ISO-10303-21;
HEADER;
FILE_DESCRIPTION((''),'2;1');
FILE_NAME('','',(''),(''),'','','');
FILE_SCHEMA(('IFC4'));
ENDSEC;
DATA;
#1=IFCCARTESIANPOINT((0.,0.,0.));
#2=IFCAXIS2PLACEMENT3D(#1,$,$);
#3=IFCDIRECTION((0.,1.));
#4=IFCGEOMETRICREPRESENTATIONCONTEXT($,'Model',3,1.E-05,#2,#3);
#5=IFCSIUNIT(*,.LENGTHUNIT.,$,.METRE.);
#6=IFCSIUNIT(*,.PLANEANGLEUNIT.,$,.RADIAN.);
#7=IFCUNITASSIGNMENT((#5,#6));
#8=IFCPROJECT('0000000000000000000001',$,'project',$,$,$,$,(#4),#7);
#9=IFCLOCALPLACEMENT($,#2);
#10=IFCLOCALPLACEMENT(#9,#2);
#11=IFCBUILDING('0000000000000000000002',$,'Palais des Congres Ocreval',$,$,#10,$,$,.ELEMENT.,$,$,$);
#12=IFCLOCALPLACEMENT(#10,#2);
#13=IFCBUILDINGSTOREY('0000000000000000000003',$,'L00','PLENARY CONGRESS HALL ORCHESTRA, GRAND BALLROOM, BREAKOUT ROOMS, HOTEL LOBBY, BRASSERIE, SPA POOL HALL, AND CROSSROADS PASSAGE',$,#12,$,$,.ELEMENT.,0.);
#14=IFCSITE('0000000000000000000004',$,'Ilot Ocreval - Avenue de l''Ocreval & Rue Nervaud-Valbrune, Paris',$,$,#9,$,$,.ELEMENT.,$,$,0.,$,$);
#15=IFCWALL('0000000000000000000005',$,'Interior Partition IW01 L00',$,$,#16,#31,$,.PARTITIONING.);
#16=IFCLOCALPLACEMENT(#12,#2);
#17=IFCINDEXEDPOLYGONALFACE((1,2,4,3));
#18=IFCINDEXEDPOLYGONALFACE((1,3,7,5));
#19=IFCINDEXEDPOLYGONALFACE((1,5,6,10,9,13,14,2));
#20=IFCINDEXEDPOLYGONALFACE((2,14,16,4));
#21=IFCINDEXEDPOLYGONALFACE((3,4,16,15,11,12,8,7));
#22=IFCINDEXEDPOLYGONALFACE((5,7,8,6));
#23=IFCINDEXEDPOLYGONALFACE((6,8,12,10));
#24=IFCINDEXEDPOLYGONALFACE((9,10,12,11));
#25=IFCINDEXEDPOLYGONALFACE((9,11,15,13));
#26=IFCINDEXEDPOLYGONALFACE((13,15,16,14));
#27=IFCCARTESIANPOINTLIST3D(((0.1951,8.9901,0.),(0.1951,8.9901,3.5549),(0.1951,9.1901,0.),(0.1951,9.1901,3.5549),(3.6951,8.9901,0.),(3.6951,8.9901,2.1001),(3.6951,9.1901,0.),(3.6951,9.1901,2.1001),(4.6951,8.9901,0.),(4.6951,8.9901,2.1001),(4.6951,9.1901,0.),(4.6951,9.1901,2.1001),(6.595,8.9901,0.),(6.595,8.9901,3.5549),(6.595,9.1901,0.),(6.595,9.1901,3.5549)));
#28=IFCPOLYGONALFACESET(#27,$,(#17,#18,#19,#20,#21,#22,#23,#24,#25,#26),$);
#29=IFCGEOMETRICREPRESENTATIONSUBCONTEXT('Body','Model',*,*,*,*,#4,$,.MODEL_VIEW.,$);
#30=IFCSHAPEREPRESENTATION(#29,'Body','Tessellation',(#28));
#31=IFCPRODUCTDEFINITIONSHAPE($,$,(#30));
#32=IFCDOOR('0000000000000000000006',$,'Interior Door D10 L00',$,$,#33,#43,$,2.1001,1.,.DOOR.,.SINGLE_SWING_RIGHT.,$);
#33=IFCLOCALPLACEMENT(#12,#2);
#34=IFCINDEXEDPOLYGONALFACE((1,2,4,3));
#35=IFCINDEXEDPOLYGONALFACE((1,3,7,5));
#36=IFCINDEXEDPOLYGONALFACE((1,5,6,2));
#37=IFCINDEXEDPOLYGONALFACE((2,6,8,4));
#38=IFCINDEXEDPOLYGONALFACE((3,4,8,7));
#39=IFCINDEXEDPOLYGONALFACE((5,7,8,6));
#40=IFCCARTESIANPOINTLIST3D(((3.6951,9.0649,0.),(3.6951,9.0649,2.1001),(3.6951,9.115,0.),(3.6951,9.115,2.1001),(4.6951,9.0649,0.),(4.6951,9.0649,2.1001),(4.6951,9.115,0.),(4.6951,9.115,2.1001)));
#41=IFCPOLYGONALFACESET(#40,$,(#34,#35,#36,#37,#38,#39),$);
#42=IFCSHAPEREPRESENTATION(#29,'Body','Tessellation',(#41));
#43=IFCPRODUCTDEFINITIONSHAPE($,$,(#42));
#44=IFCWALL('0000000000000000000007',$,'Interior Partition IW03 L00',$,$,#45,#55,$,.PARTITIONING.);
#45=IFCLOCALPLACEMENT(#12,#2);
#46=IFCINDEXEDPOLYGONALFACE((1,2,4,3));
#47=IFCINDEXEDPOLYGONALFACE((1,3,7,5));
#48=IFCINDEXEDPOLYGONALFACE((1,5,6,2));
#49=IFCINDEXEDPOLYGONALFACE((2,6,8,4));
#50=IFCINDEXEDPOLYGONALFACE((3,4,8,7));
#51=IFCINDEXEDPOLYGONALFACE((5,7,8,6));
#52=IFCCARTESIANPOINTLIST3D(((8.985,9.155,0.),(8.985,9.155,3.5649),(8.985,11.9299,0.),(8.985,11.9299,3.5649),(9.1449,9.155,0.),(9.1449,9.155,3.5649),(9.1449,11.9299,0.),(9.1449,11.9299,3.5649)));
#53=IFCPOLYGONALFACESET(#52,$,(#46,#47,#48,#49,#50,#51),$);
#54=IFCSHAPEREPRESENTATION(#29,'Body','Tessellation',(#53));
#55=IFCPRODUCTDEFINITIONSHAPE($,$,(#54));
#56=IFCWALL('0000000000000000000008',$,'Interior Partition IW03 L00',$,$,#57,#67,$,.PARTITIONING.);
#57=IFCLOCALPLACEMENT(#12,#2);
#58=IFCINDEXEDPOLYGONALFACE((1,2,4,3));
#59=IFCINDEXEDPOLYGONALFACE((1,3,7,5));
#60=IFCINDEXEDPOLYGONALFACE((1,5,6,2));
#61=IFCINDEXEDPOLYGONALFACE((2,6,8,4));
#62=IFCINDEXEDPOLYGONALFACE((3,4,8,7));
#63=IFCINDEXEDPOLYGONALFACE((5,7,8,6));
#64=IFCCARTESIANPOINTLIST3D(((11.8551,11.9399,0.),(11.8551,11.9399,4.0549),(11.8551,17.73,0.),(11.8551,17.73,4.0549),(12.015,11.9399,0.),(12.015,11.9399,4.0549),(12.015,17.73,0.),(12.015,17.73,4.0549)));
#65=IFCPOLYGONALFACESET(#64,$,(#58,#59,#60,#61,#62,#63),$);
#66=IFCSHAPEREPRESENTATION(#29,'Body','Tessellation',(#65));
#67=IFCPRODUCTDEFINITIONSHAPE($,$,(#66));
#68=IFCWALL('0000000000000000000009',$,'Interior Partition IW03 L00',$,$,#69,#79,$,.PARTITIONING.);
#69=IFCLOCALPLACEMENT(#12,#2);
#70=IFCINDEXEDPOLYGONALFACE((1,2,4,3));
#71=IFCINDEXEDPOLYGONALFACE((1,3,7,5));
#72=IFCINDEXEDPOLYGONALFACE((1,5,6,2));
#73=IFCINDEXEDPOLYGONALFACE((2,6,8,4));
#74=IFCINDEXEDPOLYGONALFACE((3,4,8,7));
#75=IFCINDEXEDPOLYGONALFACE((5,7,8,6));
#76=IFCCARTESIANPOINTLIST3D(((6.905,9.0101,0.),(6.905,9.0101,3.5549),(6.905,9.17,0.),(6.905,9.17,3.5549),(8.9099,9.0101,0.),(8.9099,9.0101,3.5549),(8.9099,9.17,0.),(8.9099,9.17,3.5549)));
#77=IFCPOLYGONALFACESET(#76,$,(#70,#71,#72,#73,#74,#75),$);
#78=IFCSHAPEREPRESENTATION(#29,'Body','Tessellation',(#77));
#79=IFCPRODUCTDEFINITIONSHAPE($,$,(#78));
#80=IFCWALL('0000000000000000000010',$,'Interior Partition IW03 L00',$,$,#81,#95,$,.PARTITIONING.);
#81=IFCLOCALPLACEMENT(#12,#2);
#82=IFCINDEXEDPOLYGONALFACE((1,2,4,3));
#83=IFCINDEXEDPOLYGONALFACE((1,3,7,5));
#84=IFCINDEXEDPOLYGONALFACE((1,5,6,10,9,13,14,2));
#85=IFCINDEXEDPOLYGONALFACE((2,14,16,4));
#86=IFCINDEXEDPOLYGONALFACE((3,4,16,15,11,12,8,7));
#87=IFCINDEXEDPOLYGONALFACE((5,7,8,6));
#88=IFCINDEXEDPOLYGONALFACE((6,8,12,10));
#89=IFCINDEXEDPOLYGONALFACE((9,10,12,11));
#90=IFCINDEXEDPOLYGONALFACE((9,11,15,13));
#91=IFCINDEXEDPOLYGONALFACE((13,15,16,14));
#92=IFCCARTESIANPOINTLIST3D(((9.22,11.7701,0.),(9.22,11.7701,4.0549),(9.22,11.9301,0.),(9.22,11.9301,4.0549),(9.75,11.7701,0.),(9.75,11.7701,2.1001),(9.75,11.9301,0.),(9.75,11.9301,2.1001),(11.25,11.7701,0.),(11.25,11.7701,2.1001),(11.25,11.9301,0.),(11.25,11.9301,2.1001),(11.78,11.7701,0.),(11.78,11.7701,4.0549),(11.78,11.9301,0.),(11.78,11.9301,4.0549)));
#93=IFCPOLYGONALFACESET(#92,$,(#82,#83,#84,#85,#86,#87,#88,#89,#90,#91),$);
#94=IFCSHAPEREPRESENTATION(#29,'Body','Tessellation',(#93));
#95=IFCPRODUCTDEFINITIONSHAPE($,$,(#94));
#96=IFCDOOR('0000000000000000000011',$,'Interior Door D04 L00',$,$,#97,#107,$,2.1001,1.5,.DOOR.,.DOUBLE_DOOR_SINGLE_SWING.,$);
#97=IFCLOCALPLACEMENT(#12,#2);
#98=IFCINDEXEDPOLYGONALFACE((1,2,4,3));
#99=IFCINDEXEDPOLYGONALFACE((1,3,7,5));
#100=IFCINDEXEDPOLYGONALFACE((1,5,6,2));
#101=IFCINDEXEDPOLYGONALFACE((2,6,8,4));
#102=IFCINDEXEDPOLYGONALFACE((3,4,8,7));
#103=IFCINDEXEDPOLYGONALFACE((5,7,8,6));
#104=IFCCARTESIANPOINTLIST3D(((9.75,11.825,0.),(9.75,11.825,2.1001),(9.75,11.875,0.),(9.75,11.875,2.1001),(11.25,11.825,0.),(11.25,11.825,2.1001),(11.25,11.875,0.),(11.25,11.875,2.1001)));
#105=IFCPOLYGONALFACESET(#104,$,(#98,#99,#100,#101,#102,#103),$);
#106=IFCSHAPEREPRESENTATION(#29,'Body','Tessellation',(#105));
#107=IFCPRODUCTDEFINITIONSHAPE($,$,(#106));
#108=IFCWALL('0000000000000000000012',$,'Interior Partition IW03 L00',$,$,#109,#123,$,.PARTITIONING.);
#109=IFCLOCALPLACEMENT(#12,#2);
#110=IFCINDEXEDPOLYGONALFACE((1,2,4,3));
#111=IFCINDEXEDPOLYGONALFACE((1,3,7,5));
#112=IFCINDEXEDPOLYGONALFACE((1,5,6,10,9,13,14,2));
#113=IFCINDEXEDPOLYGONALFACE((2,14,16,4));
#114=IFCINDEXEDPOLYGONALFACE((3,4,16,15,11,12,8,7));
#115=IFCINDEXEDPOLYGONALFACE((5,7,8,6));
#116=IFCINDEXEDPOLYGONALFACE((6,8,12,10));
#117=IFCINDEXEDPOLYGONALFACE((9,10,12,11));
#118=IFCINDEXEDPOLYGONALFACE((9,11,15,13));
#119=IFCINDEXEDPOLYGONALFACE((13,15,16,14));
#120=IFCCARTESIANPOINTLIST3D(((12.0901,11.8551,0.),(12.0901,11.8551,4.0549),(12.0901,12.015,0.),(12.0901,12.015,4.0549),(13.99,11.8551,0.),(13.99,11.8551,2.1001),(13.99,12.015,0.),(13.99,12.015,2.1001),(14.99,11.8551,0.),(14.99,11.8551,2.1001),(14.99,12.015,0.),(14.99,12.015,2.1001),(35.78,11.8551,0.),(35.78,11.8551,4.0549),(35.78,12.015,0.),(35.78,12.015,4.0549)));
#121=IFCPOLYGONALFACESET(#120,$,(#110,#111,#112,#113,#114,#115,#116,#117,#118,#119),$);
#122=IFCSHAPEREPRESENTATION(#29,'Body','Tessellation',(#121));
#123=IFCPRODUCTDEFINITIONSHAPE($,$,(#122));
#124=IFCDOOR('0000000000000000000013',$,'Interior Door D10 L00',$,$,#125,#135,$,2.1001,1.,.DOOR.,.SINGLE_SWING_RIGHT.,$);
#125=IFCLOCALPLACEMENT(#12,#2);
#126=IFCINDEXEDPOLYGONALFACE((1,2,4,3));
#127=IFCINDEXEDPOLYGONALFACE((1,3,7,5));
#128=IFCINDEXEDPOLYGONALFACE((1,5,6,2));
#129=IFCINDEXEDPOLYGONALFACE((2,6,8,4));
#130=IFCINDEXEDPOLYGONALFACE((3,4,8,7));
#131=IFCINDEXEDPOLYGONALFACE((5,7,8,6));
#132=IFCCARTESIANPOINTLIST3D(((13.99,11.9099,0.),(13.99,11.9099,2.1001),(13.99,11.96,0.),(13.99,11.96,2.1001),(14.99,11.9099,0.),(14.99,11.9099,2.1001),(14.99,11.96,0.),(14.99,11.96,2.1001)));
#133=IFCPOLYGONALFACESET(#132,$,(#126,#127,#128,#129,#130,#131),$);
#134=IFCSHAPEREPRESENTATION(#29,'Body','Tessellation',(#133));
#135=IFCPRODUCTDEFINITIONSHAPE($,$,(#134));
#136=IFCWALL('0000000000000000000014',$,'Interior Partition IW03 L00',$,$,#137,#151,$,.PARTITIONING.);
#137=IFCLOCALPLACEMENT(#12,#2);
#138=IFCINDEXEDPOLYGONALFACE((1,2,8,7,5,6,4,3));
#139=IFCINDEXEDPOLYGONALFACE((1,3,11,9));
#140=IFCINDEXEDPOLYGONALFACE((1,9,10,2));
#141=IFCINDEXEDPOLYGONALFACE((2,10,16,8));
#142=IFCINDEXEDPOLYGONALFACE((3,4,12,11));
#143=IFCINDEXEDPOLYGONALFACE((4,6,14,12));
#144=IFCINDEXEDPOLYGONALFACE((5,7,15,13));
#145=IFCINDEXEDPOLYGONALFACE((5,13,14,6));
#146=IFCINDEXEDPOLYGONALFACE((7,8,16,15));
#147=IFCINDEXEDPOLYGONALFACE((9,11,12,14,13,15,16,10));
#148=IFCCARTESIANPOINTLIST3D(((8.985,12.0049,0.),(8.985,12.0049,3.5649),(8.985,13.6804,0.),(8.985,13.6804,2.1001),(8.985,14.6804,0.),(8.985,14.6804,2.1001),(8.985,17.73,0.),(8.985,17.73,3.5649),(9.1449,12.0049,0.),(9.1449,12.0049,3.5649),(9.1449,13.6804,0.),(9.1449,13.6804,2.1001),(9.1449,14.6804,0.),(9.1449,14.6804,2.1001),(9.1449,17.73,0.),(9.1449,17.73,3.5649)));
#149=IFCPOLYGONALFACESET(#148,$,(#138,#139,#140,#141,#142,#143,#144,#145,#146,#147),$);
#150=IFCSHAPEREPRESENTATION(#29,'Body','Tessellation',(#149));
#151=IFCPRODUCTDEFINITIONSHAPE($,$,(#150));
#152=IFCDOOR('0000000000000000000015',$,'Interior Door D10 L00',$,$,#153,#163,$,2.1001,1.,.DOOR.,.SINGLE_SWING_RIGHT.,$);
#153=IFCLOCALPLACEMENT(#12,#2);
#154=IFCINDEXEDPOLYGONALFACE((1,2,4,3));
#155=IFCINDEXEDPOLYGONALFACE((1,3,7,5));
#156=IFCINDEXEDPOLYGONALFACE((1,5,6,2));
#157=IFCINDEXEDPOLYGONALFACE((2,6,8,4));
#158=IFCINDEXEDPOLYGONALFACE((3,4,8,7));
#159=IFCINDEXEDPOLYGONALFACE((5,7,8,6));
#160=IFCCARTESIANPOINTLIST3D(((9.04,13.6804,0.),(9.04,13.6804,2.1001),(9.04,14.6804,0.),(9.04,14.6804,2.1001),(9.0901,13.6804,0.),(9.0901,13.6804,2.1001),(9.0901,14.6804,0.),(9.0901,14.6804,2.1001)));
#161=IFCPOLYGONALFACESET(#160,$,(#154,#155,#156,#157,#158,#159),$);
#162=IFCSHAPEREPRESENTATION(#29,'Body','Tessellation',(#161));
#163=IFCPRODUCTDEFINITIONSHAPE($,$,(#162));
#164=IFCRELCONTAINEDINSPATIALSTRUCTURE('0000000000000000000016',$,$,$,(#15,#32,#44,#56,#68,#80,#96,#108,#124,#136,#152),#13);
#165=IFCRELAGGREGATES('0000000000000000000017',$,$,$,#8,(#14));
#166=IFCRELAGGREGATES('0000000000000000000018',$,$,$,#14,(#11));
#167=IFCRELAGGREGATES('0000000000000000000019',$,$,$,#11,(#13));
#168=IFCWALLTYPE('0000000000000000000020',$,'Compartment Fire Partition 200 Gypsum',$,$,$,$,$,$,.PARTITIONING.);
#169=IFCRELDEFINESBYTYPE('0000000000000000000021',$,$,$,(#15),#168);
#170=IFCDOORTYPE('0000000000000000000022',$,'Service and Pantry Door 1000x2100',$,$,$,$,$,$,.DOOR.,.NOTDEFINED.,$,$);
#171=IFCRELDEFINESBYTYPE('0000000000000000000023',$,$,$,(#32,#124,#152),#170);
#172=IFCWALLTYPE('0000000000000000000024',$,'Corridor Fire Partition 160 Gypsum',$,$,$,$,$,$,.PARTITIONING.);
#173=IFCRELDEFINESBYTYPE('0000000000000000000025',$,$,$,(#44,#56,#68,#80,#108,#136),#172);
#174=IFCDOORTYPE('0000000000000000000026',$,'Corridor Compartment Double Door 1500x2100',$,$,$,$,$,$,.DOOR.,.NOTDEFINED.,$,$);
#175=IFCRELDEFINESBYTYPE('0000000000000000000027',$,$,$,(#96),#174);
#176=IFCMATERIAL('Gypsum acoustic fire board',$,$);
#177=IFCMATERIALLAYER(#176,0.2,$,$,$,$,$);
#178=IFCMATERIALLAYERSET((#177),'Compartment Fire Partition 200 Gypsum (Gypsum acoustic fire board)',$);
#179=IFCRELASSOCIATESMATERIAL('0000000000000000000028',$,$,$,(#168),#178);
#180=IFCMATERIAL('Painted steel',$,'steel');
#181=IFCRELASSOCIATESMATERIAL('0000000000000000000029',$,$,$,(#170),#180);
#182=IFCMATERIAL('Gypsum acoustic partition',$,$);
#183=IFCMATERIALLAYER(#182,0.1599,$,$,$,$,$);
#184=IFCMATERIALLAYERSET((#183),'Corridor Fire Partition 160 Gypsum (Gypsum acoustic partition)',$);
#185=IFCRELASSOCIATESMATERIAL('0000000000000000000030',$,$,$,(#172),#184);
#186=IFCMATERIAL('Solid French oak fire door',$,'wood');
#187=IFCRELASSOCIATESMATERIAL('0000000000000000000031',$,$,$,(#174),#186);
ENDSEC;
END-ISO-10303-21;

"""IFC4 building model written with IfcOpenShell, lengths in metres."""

from ifc_helpers import new_model, si_unit, direction, frame, frame_2d, origin, place, context, subcontext, project, spatial, rectangle, extrude, material, layer, layer_set, type_object, element, fill, save


model = new_model("IFC4")

# Units and contexts
model_context = context("Model", 3, precision=1e-05, world=origin(), true_north=direction((0.0, 1.0)))
body_context = subcontext(model_context, "Body", "Model", "MODEL_VIEW")
ifc_project = project(units=[si_unit("LENGTHUNIT", "METRE"), si_unit("PLANEANGLEUNIT", "RADIAN")], contexts=[model_context])

# Site, building, storey
site_placement = place(None, origin())
site = spatial("IfcSite", under=ifc_project, at=site_placement, Name="Ilot Ocreval - Avenue de l'Ocreval & Rue Nervaud-Valbrune, Paris", CompositionType="ELEMENT", RefElevation=0.0)
building_placement = place(site_placement, origin())
building = spatial("IfcBuilding", under=site, at=building_placement, Name="Palais des Congres Ocreval", CompositionType="ELEMENT")
storey_placement = place(building_placement, origin())
storey = spatial("IfcBuildingStorey", under=building, at=storey_placement, Name="L00", Description="PLENARY CONGRESS HALL ORCHESTRA, GRAND BALLROOM, BREAKOUT ROOMS, HOTEL LOBBY, BRASSERIE, SPA POOL HALL, AND CROSSROADS PASSAGE", CompositionType="ELEMENT", Elevation=0.0)

# Wall, opening, door
ifc_material_1 = material(Name="Gypsum acoustic fire board")
ifc_layer_1 = layer(ifc_material_1, 0.2)
ifc_layer_set_1 = layer_set([ifc_layer_1], Name="Compartment Fire Partition 200 Gypsum (Gypsum acoustic fire board)")
wall_type_1 = type_object("IfcWallType", Name="Compartment Fire Partition 200 Gypsum", PredefinedType="PARTITIONING", material=ifc_layer_set_1)
wall_1_placement = place(storey_placement, frame((0.1951, 9.0901, 0.0), z_axis=(0.0, 0.0, 1.0), x_axis=(1.0, 0.0, 0.0)))
wall_1 = element("IfcWall", 1, at=wall_1_placement, inside=storey, type_object=wall_type_1, Name="Interior Partition IW01 L00", PredefinedType="PARTITIONING", context=body_context, shape_type="SweptSolid", body=[
    extrude(rectangle(XDim=6.3999, YDim=0.2, at=frame_2d((3.2, 0.0))), origin(), (0.0, 0.0, 1.0), 3.5549),
])
opening_1_placement = place(wall_1_placement, frame((3.5, 0.0, 0.0)))
opening_1 = element("IfcOpeningElement", 2, at=opening_1_placement, cuts=wall_1, PredefinedType="OPENING", context=body_context, shape_type="SweptSolid", body=[
    extrude(rectangle(XDim=1.0, YDim=2.1001, at=frame_2d((0.5, 1.05))), frame((0.0, 0.1099, 0.0), z_axis=(0.0, -1.0, 0.0), x_axis=(1.0, 0.0, 0.0)), (0.0, 0.0, 1.0), 0.22),
])
ifc_material_2 = material(Name="Painted steel", Category="steel")
door_type_1 = type_object("IfcDoorType", Name="Service and Pantry Door 1000x2100", OperationType="NOTDEFINED", PredefinedType="DOOR", material=ifc_material_2)
door_1_placement = place(opening_1_placement, origin())
door_1 = element("IfcDoor", 3, at=door_1_placement, inside=storey, type_object=door_type_1, Name="Interior Door D10 L00", OperationType="SINGLE_SWING_RIGHT", OverallHeight=2.1001, OverallWidth=1.0, PredefinedType="DOOR", context=body_context, shape_type="SweptSolid", body=[
    extrude(rectangle(XDim=1.0, YDim=2.1001, at=frame_2d((0.5, 1.05))), frame((0.0, 0.0249, 0.0), z_axis=(0.0, -1.0, 0.0), x_axis=(1.0, 0.0, 0.0)), (0.0, 0.0, 1.0), 0.05),
])
fill(opening_1, door_1)

# Walls
ifc_material_3 = material(Name="Gypsum acoustic partition")
ifc_layer_2 = layer(ifc_material_3, 0.1599)
ifc_layer_set_2 = layer_set([ifc_layer_2], Name="Corridor Fire Partition 160 Gypsum (Gypsum acoustic partition)")
wall_type_2 = type_object("IfcWallType", Name="Corridor Fire Partition 160 Gypsum", PredefinedType="PARTITIONING", material=ifc_layer_set_2)
wall_2_placement = place(storey_placement, frame((9.0649, 9.155, 0.0), z_axis=(0.0, 0.0, 1.0), x_axis=(0.0, 1.0, 0.0)))
element("IfcWall", 4, at=wall_2_placement, inside=storey, type_object=wall_type_2, Name="Interior Partition IW03 L00", PredefinedType="PARTITIONING", context=body_context, shape_type="SweptSolid", body=[
    extrude(rectangle(XDim=2.7749, YDim=0.1599, at=frame_2d((1.3875, 0.0))), origin(), (0.0, 0.0, 1.0), 3.5649),
])
wall_3_placement = place(storey_placement, frame((11.9351, 11.9399, 0.0), z_axis=(0.0, 0.0, 1.0), x_axis=(0.0, 1.0, 0.0)))
element("IfcWall", 5, at=wall_3_placement, inside=storey, type_object=wall_type_2, Name="Interior Partition IW03 L00", PredefinedType="PARTITIONING", context=body_context, shape_type="SweptSolid", body=[
    extrude(rectangle(XDim=5.79, YDim=0.1599, at=frame_2d((2.895, 0.0))), origin(), (0.0, 0.0, 1.0), 4.0549),
])
wall_4_placement = place(storey_placement, frame((6.905, 9.0901, 0.0), z_axis=(0.0, 0.0, 1.0), x_axis=(1.0, 0.0, 0.0)))
element("IfcWall", 6, at=wall_4_placement, inside=storey, type_object=wall_type_2, Name="Interior Partition IW03 L00", PredefinedType="PARTITIONING", context=body_context, shape_type="SweptSolid", body=[
    extrude(rectangle(XDim=2.0049, YDim=0.1599, at=frame_2d((1.0024, 0.0))), origin(), (0.0, 0.0, 1.0), 3.5549),
])

# Walls, openings, doors
wall_5_placement = place(storey_placement, frame((9.22, 11.8501, 0.0), z_axis=(0.0, 0.0, 1.0), x_axis=(1.0, 0.0, 0.0)))
wall_5 = element("IfcWall", 7, at=wall_5_placement, inside=storey, type_object=wall_type_2, Name="Interior Partition IW03 L00", PredefinedType="PARTITIONING", context=body_context, shape_type="SweptSolid", body=[
    extrude(rectangle(XDim=2.5601, YDim=0.1599, at=frame_2d((1.28, 0.0))), origin(), (0.0, 0.0, 1.0), 4.0549),
])
opening_2_placement = place(wall_5_placement, frame((0.53, 0.0, 0.0)))
opening_2 = element("IfcOpeningElement", 8, at=opening_2_placement, cuts=wall_5, PredefinedType="OPENING", context=body_context, shape_type="SweptSolid", body=[
    extrude(rectangle(XDim=1.5, YDim=2.1001, at=frame_2d((0.75, 1.05))), frame((0.0, 0.0898, 0.0), z_axis=(0.0, -1.0, 0.0), x_axis=(1.0, 0.0, 0.0)), (0.0, 0.0, 1.0), 0.1799),
])
ifc_material_4 = material(Name="Solid French oak fire door", Category="wood")
door_type_2 = type_object("IfcDoorType", Name="Corridor Compartment Double Door 1500x2100", OperationType="NOTDEFINED", PredefinedType="DOOR", material=ifc_material_4)
door_2_placement = place(opening_2_placement, origin())
door_2 = element("IfcDoor", 9, at=door_2_placement, inside=storey, type_object=door_type_2, Name="Interior Door D04 L00", OperationType="DOUBLE_DOOR_SINGLE_SWING", OverallHeight=2.1001, OverallWidth=1.5, PredefinedType="DOOR", context=body_context, shape_type="SweptSolid", body=[
    extrude(rectangle(XDim=1.5, YDim=2.1001, at=frame_2d((0.75, 1.05))), frame((0.0, 0.0249, 0.0), z_axis=(0.0, -1.0, 0.0), x_axis=(1.0, 0.0, 0.0)), (0.0, 0.0, 1.0), 0.05),
])
fill(opening_2, door_2)
wall_6_placement = place(storey_placement, frame((12.0901, 11.9351, 0.0), z_axis=(0.0, 0.0, 1.0), x_axis=(1.0, 0.0, 0.0)))
wall_6 = element("IfcWall", 10, at=wall_6_placement, inside=storey, type_object=wall_type_2, Name="Interior Partition IW03 L00", PredefinedType="PARTITIONING", context=body_context, shape_type="SweptSolid", body=[
    extrude(rectangle(XDim=23.6899, YDim=0.1599, at=frame_2d((11.845, 0.0))), origin(), (0.0, 0.0, 1.0), 4.0549),
])
opening_3_placement = place(wall_6_placement, frame((1.8999, 0.0, 0.0)))
opening_3 = element("IfcOpeningElement", 11, at=opening_3_placement, cuts=wall_6, PredefinedType="OPENING", context=body_context, shape_type="SweptSolid", body=[
    extrude(rectangle(XDim=1.0, YDim=2.1001, at=frame_2d((0.5, 1.05))), frame((0.0, 0.0898, 0.0), z_axis=(0.0, -1.0, 0.0), x_axis=(1.0, 0.0, 0.0)), (0.0, 0.0, 1.0), 0.1799),
])
door_3_placement = place(opening_3_placement, origin())
door_3 = element("IfcDoor", 12, at=door_3_placement, inside=storey, type_object=door_type_1, Name="Interior Door D10 L00", OperationType="SINGLE_SWING_RIGHT", OverallHeight=2.1001, OverallWidth=1.0, PredefinedType="DOOR", context=body_context, shape_type="SweptSolid", body=[
    extrude(rectangle(XDim=1.0, YDim=2.1001, at=frame_2d((0.5, 1.05))), frame((0.0, 0.0249, 0.0), z_axis=(0.0, -1.0, 0.0), x_axis=(1.0, 0.0, 0.0)), (0.0, 0.0, 1.0), 0.05),
])
fill(opening_3, door_3)
wall_7_placement = place(storey_placement, frame((9.0649, 12.0049, 0.0), z_axis=(0.0, 0.0, 1.0), x_axis=(0.0, 1.0, 0.0)))
wall_7 = element("IfcWall", 13, at=wall_7_placement, inside=storey, type_object=wall_type_2, Name="Interior Partition IW03 L00", PredefinedType="PARTITIONING", context=body_context, shape_type="SweptSolid", body=[
    extrude(rectangle(XDim=5.7251, YDim=0.1599, at=frame_2d((2.8625, 0.0))), origin(), (0.0, 0.0, 1.0), 3.5649),
])
opening_4_placement = place(wall_7_placement, frame((1.6755, 0.0, 0.0)))
opening_4 = element("IfcOpeningElement", 14, at=opening_4_placement, cuts=wall_7, PredefinedType="OPENING", context=body_context, shape_type="SweptSolid", body=[
    extrude(rectangle(XDim=1.0, YDim=2.1001, at=frame_2d((0.5, 1.05))), frame((0.0, 0.0898, 0.0), z_axis=(0.0, -1.0, 0.0), x_axis=(1.0, 0.0, 0.0)), (0.0, 0.0, 1.0), 0.1799),
])
door_4_placement = place(opening_4_placement, origin())
door_4 = element("IfcDoor", 15, at=door_4_placement, inside=storey, type_object=door_type_1, Name="Interior Door D10 L00", OperationType="SINGLE_SWING_RIGHT", OverallHeight=2.1001, OverallWidth=1.0, PredefinedType="DOOR", context=body_context, shape_type="SweptSolid", body=[
    extrude(rectangle(XDim=1.0, YDim=2.1001, at=frame_2d((0.5, 1.05))), frame((0.0, 0.0249, 0.0), z_axis=(0.0, -1.0, 0.0), x_axis=(1.0, 0.0, 0.0)), (0.0, 0.0, 1.0), 0.05),
])
fill(opening_4, door_4)

save(model, "model.ifc")
